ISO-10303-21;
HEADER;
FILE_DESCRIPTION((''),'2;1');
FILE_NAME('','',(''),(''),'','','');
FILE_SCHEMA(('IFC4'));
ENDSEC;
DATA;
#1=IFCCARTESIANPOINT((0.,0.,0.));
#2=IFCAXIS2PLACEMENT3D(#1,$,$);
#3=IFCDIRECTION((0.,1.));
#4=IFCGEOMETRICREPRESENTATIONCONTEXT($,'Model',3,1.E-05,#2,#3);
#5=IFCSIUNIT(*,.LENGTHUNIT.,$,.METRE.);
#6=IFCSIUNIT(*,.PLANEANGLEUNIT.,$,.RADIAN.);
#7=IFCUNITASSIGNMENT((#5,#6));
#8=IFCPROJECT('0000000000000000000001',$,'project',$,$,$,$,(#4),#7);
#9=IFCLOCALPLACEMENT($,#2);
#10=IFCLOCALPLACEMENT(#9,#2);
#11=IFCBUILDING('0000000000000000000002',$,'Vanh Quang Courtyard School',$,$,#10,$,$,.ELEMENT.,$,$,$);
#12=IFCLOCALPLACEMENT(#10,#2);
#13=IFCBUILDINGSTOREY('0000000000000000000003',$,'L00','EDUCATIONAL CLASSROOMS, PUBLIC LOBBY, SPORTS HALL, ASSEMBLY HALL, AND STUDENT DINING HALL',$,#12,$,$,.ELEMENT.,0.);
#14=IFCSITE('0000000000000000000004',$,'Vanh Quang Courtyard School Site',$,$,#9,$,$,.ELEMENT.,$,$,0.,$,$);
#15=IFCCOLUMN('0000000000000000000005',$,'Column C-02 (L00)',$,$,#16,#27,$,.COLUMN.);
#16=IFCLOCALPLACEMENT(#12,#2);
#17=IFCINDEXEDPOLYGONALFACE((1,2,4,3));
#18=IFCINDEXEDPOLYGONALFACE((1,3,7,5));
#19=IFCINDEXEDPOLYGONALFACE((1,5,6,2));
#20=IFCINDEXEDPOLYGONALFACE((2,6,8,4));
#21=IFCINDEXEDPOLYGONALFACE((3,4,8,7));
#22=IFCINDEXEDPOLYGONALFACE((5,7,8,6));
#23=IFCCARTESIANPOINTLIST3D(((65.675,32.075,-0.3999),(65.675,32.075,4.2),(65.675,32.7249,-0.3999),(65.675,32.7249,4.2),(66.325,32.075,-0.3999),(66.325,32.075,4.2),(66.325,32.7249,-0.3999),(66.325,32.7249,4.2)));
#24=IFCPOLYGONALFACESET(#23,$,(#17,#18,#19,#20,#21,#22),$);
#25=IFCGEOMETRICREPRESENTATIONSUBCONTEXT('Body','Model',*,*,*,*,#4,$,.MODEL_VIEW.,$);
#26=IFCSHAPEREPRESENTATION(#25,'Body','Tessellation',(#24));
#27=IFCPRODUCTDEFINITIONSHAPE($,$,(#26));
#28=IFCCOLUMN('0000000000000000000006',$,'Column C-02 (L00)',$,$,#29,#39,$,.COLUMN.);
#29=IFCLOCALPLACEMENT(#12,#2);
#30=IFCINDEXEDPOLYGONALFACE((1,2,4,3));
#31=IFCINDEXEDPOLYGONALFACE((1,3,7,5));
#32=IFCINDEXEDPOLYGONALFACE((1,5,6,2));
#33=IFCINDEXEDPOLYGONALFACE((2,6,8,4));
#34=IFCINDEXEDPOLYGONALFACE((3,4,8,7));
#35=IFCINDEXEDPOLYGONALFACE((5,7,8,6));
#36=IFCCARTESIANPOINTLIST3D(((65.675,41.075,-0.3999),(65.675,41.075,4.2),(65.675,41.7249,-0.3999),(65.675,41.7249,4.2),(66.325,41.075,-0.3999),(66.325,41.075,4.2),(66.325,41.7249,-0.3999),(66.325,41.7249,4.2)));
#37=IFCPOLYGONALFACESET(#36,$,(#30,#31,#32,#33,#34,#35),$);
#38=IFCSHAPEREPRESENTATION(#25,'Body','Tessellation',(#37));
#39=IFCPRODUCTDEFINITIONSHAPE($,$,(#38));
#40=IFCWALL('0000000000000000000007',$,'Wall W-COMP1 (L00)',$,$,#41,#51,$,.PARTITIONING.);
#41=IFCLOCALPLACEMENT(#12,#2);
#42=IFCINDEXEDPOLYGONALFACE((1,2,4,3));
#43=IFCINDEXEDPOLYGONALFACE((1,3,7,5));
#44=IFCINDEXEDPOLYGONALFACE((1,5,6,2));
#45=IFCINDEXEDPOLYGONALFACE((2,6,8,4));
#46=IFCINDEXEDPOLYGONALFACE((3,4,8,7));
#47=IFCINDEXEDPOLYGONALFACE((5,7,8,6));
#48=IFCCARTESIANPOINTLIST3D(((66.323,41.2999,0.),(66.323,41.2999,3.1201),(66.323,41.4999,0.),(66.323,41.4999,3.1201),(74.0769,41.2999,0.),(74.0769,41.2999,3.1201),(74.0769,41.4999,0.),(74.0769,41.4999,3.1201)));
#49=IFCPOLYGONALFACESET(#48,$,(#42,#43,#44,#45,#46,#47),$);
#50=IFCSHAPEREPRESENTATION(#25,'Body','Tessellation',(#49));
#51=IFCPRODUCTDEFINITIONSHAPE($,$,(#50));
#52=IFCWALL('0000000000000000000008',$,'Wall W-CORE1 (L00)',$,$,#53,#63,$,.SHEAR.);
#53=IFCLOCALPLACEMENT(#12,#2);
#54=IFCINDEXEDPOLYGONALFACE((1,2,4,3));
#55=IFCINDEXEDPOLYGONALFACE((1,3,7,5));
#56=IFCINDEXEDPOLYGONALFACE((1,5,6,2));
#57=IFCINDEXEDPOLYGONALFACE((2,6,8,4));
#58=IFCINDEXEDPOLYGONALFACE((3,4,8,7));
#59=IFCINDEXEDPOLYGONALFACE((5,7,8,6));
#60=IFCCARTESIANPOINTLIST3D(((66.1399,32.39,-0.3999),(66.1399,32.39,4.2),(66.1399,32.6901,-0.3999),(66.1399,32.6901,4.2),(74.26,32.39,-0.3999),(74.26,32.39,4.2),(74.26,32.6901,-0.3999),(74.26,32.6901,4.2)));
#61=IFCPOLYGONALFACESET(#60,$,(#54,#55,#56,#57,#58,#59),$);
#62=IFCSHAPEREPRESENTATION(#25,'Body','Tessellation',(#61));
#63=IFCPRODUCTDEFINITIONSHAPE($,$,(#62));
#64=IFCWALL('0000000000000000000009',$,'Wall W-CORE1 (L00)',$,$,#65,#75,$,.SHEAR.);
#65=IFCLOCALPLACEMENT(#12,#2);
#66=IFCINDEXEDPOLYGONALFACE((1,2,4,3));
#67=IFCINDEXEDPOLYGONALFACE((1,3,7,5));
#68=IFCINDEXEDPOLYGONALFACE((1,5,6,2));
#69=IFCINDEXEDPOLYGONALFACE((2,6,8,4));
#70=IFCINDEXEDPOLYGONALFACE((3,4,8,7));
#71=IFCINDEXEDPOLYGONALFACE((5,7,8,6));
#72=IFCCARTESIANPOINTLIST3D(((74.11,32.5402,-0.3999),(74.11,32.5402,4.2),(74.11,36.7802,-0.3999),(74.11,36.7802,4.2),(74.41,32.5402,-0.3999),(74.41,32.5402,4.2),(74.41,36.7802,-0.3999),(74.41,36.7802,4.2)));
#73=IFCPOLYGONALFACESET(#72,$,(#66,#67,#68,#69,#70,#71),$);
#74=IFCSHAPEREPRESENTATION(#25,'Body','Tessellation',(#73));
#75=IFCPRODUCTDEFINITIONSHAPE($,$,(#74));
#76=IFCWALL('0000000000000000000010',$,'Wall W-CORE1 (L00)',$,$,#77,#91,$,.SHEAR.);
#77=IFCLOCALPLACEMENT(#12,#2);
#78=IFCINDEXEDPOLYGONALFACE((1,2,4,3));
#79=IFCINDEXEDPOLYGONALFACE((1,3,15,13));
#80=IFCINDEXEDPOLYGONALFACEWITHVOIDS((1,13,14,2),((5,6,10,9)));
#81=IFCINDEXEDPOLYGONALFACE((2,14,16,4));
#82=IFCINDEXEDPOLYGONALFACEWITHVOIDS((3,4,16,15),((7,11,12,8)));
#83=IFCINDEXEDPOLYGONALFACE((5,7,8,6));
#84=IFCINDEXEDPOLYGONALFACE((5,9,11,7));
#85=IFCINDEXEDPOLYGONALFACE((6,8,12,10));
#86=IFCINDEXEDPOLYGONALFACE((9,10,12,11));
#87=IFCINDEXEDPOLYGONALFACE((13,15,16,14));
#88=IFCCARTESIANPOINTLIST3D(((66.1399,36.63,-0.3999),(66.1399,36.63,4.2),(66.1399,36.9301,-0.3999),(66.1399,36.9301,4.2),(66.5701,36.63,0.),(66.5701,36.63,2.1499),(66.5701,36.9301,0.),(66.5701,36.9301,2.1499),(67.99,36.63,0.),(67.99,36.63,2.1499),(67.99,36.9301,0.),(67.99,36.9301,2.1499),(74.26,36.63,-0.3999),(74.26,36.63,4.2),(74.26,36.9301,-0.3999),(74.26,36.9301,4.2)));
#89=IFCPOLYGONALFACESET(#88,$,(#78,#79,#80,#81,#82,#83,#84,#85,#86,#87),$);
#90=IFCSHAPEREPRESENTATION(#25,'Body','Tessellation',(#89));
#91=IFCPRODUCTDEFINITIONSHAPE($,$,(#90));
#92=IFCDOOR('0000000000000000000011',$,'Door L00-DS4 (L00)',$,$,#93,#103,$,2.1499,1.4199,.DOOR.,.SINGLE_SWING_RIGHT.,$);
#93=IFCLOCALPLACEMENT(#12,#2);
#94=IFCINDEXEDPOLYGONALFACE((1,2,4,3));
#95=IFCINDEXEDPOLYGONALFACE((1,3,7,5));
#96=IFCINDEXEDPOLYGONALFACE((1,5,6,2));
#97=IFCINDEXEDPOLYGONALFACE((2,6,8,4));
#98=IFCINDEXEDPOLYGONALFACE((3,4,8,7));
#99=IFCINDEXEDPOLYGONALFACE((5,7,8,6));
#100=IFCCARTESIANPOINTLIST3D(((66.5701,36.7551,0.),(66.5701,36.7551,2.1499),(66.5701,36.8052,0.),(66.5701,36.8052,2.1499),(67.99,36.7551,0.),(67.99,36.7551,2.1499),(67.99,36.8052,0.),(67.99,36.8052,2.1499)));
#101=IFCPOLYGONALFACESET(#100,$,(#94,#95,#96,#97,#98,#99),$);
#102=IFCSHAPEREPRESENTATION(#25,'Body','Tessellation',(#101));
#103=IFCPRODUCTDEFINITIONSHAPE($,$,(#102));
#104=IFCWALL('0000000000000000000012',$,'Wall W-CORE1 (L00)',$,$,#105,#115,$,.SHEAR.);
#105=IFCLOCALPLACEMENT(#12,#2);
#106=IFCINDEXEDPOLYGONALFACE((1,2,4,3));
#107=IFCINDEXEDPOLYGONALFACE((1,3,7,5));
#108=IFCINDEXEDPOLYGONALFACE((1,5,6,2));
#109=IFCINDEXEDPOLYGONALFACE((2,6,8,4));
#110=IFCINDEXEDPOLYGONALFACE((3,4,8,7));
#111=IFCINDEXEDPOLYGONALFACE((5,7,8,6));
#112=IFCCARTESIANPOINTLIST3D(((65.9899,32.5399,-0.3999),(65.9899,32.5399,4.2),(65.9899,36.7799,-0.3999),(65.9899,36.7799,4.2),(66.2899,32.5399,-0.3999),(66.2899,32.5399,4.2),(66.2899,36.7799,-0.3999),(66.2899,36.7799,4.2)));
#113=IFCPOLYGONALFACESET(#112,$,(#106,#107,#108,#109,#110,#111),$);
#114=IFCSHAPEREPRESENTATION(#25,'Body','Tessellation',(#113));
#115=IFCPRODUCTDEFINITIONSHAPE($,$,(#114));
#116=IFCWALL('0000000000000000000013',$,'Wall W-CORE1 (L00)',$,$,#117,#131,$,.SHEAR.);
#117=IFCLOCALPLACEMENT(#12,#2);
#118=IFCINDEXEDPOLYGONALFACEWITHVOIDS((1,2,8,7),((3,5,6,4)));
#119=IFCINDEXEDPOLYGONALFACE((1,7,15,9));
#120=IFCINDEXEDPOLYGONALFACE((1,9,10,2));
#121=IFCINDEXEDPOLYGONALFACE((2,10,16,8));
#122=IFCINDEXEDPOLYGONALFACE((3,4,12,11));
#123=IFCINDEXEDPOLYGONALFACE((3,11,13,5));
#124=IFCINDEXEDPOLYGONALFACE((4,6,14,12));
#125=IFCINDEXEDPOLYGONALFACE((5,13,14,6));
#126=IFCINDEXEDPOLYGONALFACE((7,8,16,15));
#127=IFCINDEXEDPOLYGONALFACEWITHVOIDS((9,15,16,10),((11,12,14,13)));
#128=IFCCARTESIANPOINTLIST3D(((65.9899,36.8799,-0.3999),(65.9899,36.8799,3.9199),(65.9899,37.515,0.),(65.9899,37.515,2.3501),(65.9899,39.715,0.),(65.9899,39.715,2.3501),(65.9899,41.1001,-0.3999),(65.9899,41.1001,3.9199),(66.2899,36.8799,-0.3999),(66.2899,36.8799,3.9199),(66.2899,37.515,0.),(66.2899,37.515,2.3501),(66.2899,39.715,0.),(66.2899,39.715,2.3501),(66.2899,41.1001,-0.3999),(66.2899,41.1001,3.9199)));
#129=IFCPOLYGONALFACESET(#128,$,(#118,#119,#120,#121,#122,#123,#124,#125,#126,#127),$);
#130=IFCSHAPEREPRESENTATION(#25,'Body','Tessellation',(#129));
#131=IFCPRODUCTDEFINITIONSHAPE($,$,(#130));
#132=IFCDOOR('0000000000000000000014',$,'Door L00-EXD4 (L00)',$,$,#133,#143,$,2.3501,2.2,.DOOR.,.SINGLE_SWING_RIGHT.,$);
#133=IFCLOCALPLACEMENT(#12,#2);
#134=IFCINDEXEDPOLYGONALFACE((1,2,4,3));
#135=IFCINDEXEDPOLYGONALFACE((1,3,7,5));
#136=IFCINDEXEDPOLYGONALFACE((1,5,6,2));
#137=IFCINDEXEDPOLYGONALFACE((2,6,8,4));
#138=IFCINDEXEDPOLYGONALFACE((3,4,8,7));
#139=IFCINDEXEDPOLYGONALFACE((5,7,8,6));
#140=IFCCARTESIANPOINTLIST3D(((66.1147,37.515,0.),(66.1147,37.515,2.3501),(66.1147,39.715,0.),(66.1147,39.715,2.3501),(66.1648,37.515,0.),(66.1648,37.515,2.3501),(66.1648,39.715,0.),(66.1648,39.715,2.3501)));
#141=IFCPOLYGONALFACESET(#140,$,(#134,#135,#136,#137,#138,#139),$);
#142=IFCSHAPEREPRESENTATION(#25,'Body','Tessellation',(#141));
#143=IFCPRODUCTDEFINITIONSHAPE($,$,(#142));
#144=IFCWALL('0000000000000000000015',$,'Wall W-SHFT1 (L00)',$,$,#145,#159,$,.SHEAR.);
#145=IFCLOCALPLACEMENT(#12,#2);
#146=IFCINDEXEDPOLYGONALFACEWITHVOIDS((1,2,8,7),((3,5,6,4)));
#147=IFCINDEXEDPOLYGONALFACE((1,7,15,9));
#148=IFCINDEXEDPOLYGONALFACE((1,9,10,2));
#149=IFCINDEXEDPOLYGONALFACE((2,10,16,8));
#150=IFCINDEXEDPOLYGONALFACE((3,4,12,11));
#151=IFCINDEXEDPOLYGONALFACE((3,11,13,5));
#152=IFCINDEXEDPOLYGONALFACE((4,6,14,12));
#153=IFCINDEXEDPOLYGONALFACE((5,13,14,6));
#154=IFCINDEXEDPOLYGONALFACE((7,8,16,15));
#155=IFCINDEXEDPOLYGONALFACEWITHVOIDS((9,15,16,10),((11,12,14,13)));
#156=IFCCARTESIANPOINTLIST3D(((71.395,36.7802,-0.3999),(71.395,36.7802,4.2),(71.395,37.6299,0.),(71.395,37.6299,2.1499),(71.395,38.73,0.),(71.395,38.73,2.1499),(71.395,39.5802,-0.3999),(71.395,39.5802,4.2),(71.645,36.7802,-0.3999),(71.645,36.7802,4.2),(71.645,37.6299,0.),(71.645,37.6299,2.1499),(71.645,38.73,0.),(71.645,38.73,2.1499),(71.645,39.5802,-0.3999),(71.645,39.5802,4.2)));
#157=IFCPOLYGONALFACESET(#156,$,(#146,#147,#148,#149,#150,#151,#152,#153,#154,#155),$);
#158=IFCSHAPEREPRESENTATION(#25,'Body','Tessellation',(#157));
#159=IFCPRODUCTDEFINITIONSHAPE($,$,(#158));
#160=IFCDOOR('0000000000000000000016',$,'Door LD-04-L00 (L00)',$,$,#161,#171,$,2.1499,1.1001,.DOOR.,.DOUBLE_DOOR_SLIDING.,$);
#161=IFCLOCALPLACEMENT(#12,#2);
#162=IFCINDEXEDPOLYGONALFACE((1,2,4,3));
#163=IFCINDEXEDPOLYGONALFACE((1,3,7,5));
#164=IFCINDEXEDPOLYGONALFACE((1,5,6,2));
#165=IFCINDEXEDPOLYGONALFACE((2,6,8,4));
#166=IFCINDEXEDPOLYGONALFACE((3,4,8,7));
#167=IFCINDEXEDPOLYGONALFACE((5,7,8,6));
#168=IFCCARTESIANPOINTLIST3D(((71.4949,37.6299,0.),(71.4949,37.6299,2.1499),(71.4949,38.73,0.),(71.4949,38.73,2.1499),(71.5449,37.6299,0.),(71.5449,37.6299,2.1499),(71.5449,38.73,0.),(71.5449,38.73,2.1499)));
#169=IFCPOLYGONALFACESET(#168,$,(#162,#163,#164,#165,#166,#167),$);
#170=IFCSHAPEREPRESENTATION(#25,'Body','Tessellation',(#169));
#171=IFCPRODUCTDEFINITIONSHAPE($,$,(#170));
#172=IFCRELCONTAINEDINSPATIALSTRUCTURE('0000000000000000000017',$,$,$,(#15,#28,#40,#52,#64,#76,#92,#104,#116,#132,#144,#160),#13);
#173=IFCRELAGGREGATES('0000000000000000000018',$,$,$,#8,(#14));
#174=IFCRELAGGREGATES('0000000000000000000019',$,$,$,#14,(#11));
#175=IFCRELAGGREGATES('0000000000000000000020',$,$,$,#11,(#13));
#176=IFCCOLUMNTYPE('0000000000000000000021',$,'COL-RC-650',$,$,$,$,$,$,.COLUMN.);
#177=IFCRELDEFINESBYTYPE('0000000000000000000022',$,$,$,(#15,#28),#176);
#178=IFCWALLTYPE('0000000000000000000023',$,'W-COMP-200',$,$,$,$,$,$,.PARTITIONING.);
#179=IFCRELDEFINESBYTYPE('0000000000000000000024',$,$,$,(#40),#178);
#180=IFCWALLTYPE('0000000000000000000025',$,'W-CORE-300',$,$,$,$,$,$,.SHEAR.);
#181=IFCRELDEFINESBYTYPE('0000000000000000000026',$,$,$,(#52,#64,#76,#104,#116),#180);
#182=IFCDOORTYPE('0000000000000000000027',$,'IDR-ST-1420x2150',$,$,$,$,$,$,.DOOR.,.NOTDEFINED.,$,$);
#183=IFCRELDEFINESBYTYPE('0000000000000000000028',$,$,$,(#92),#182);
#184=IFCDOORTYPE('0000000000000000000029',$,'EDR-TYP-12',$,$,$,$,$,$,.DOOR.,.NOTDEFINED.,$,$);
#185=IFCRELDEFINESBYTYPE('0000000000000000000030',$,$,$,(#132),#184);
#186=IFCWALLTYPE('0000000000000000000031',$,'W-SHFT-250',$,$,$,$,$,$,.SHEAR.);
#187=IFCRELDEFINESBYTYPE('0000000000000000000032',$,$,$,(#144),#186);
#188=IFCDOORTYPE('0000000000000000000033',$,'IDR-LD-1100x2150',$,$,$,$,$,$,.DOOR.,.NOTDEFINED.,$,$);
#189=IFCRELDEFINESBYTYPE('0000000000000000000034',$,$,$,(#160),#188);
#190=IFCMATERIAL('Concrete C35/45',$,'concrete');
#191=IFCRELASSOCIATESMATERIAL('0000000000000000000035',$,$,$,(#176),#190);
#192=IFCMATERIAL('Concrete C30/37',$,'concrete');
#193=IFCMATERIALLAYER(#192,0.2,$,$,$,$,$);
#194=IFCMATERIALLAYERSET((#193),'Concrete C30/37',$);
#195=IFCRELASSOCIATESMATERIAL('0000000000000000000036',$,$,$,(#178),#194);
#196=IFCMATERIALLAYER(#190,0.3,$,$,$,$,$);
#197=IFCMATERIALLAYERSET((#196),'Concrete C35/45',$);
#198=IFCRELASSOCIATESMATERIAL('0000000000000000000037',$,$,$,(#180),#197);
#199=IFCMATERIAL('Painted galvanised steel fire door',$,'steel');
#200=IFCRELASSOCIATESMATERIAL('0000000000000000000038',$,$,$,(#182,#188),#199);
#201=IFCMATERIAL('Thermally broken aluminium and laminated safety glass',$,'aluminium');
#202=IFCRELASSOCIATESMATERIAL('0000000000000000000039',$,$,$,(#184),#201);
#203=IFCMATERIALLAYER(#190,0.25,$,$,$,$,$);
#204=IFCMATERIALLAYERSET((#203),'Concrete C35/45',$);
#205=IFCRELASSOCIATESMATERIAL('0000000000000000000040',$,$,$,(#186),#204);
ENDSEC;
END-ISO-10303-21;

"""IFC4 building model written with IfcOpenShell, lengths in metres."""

from ifc_helpers import new_model, si_unit, direction, frame, frame_2d, origin, origin_2d, place, context, subcontext, project, spatial, rectangle, extrude, material, layer, layer_set, material_profile, profile_set, type_object, element, fill, save


model = new_model("IFC4")

# Units and contexts
model_context = context("Model", 3, precision=1e-05, world=origin(), true_north=direction((0.0, 1.0)))
body_context = subcontext(model_context, "Body", "Model", "MODEL_VIEW")
ifc_project = project(units=[si_unit("LENGTHUNIT", "METRE"), si_unit("PLANEANGLEUNIT", "RADIAN")], contexts=[model_context])

# Site, building, storey
site_placement = place(None, origin())
site = spatial("IfcSite", under=ifc_project, at=site_placement, Name="Vanh Quang Courtyard School Site", CompositionType="ELEMENT", RefElevation=0.0)
building_placement = place(site_placement, origin())
building = spatial("IfcBuilding", under=site, at=building_placement, Name="Vanh Quang Courtyard School", CompositionType="ELEMENT")
storey_placement = place(building_placement, origin())
storey = spatial("IfcBuildingStorey", under=building, at=storey_placement, Name="L00", Description="EDUCATIONAL CLASSROOMS, PUBLIC LOBBY, SPORTS HALL, ASSEMBLY HALL, AND STUDENT DINING HALL", CompositionType="ELEMENT", Elevation=0.0)

# Shared definitions
ifc_material_1 = material(Name="Concrete C35/45", Category="concrete")

# Shared definitions
ifc_material_2 = material(Name="Concrete C30/37", Category="concrete")

# Columns
ifc_material_profile_1 = material_profile(ifc_material_1, rectangle(XDim=0.6499, YDim=0.6499, at=origin_2d()), Name="RC-COL 650x650")
ifc_profile_set_1 = profile_set([ifc_material_profile_1], Name="Concrete C35/45")
column_type = type_object("IfcColumnType", Name="COL-RC-650", PredefinedType="COLUMN", material=ifc_profile_set_1)
for number, where, z_axis, x_axis, name in (
    (1, (66.0, 32.3999, -0.3999), (0.0, 0.0, 1.0), (1.0, 0.0, 0.0), "Column C-02 (L00)"),
    (2, (66.0, 41.3999, -0.3999), (0.0, 0.0, 1.0), (1.0, 0.0, 0.0), "Column C-02 (L00)"),
):
    element("IfcColumn", number, at=place(storey_placement, frame(where, z_axis=z_axis, x_axis=x_axis)), inside=storey, type_object=column_type, Name=name, PredefinedType="COLUMN", context=body_context, shape_type="SweptSolid", body=[
        extrude(rectangle(XDim=0.6499, YDim=0.6499, at=origin_2d()), origin(), (0.0, 0.0, 1.0), 4.5999),
    ])

# Walls
ifc_layer_1 = layer(ifc_material_2, 0.2)
ifc_layer_set_1 = layer_set([ifc_layer_1], Name="Concrete C30/37")
wall_type_1 = type_object("IfcWallType", Name="W-COMP-200", PredefinedType="PARTITIONING", material=ifc_layer_set_1)
wall_1_placement = place(storey_placement, frame((74.0769, 41.3999, 0.0), z_axis=(0.0, 0.0, 1.0), x_axis=(-1.0, 0.0, 0.0)))
element("IfcWall", 3, at=wall_1_placement, inside=storey, type_object=wall_type_1, Name="Wall W-COMP1 (L00)", PredefinedType="PARTITIONING", context=body_context, shape_type="SweptSolid", body=[
    extrude(rectangle(XDim=7.7539, YDim=0.2, at=frame_2d((3.877, 0.0))), origin(), (0.0, 0.0, 1.0), 3.1201),
])
ifc_layer_2 = layer(ifc_material_1, 0.3)
ifc_layer_set_2 = layer_set([ifc_layer_2], Name="Concrete C35/45")
wall_type_2 = type_object("IfcWallType", Name="W-CORE-300", PredefinedType="SHEAR", material=ifc_layer_set_2)
wall_2_placement = place(storey_placement, frame((66.1399, 32.54, -0.3999), z_axis=(0.0, 0.0, 1.0), x_axis=(1.0, 0.0, 0.0)))
element("IfcWall", 4, at=wall_2_placement, inside=storey, type_object=wall_type_2, Name="Wall W-CORE1 (L00)", PredefinedType="SHEAR", context=body_context, shape_type="SweptSolid", body=[
    extrude(rectangle(XDim=8.1201, YDim=0.3, at=frame_2d((4.0601, 0.0))), origin(), (0.0, 0.0, 1.0), 4.5999),
])
wall_3_placement = place(storey_placement, frame((74.26, 32.54, -0.3999), z_axis=(0.0, 0.0, 1.0), x_axis=(0.0, 1.0, 0.0)))
element("IfcWall", 5, at=wall_3_placement, inside=storey, type_object=wall_type_2, Name="Wall W-CORE1 (L00)", PredefinedType="SHEAR", context=body_context, shape_type="SweptSolid", body=[
    extrude(rectangle(XDim=4.24, YDim=0.3, at=frame_2d((2.1201, 0.0))), origin(), (0.0, 0.0, 1.0), 4.5999),
])

# Wall, opening, door
wall_4_placement = place(storey_placement, frame((74.26, 36.78, -0.3999), z_axis=(0.0, 0.0, 1.0), x_axis=(-1.0, 0.0, 0.0)))
wall_4 = element("IfcWall", 6, at=wall_4_placement, inside=storey, type_object=wall_type_2, Name="Wall W-CORE1 (L00)", PredefinedType="SHEAR", context=body_context, shape_type="SweptSolid", body=[
    extrude(rectangle(XDim=8.1201, YDim=0.3, at=frame_2d((4.0601, 0.0))), origin(), (0.0, 0.0, 1.0), 4.5999),
])
opening_1_placement = place(wall_4_placement, frame((6.27, 0.0, 0.3999)))
opening_1 = element("IfcOpeningElement", 7, at=opening_1_placement, cuts=wall_4, PredefinedType="OPENING", context=body_context, shape_type="SweptSolid", body=[
    extrude(rectangle(XDim=1.4199, YDim=2.1499, at=frame_2d((0.71, 1.075))), frame((0.0, 0.1602, 0.0), z_axis=(0.0, -1.0, 0.0), x_axis=(1.0, 0.0, 0.0)), (0.0, 0.0, 1.0), 0.3201),
])
ifc_material_3 = material(Name="Painted galvanised steel fire door", Category="steel")
door_type_1 = type_object("IfcDoorType", Name="IDR-ST-1420x2150", OperationType="NOTDEFINED", PredefinedType="DOOR", material=ifc_material_3)
door_1_placement = place(opening_1_placement, origin())
door_1 = element("IfcDoor", 8, at=door_1_placement, inside=storey, type_object=door_type_1, Name="Door L00-DS4 (L00)", OperationType="SINGLE_SWING_RIGHT", OverallHeight=2.1499, OverallWidth=1.4199, PredefinedType="DOOR", context=body_context, shape_type="SweptSolid", body=[
    extrude(rectangle(XDim=1.4199, YDim=2.1499, at=frame_2d((0.71, 1.075))), frame((0.0, 0.0249, 0.0), z_axis=(0.0, -1.0, 0.0), x_axis=(1.0, 0.0, 0.0)), (0.0, 0.0, 1.0), 0.05),
])
fill(opening_1, door_1)

# Wall
wall_5_placement = place(storey_placement, frame((66.1399, 36.78, -0.3999), z_axis=(0.0, 0.0, 1.0), x_axis=(0.0, -1.0, 0.0)))
element("IfcWall", 9, at=wall_5_placement, inside=storey, type_object=wall_type_2, Name="Wall W-CORE1 (L00)", PredefinedType="SHEAR", context=body_context, shape_type="SweptSolid", body=[
    extrude(rectangle(XDim=4.24, YDim=0.3, at=frame_2d((2.1201, 0.0))), origin(), (0.0, 0.0, 1.0), 4.5999),
])

# Walls, openings, doors
wall_6_placement = place(storey_placement, frame((66.1399, 41.1001, -0.3999), z_axis=(0.0, 0.0, 1.0), x_axis=(0.0, -1.0, 0.0)))
wall_6 = element("IfcWall", 10, at=wall_6_placement, inside=storey, type_object=wall_type_2, Name="Wall W-CORE1 (L00)", PredefinedType="SHEAR", context=body_context, shape_type="SweptSolid", body=[
    extrude(rectangle(XDim=4.2202, YDim=0.3, at=frame_2d((2.1101, 0.0))), origin(), (0.0, 0.0, 1.0), 4.3198),
])
opening_2_placement = place(wall_6_placement, frame((1.385, 0.0, 0.3999)))
opening_2 = element("IfcOpeningElement", 11, at=opening_2_placement, cuts=wall_6, PredefinedType="OPENING", context=body_context, shape_type="SweptSolid", body=[
    extrude(rectangle(XDim=2.2, YDim=2.3501, at=frame_2d((1.1001, 1.175))), frame((0.0, 0.1602, 0.0), z_axis=(0.0, -1.0, 0.0), x_axis=(1.0, 0.0, 0.0)), (0.0, 0.0, 1.0), 0.3201),
])
ifc_material_4 = material(Name="Thermally broken aluminium and laminated safety glass", Category="aluminium")
door_type_2 = type_object("IfcDoorType", Name="EDR-TYP-12", OperationType="NOTDEFINED", PredefinedType="DOOR", material=ifc_material_4)
door_2_placement = place(opening_2_placement, origin())
door_2 = element("IfcDoor", 12, at=door_2_placement, inside=storey, type_object=door_type_2, Name="Door L00-EXD4 (L00)", OperationType="SINGLE_SWING_RIGHT", OverallHeight=2.3501, OverallWidth=2.2, PredefinedType="DOOR", context=body_context, shape_type="SweptSolid", body=[
    extrude(rectangle(XDim=2.2, YDim=2.3501, at=frame_2d((1.1001, 1.175))), frame((0.0, 0.0249, 0.0), z_axis=(0.0, -1.0, 0.0), x_axis=(1.0, 0.0, 0.0)), (0.0, 0.0, 1.0), 0.05),
])
fill(opening_2, door_2)
ifc_layer_3 = layer(ifc_material_1, 0.25)
ifc_layer_set_3 = layer_set([ifc_layer_3], Name="Concrete C35/45")
wall_type_3 = type_object("IfcWallType", Name="W-SHFT-250", PredefinedType="SHEAR", material=ifc_layer_set_3)
wall_7_placement = place(storey_placement, frame((71.52, 39.5801, -0.3999), z_axis=(0.0, 0.0, 1.0), x_axis=(0.0, -1.0, 0.0)))
wall_7 = element("IfcWall", 13, at=wall_7_placement, inside=storey, type_object=wall_type_3, Name="Wall W-SHFT1 (L00)", PredefinedType="SHEAR", context=body_context, shape_type="SweptSolid", body=[
    extrude(rectangle(XDim=2.8, YDim=0.25, at=frame_2d((1.3999, 0.0))), origin(), (0.0, 0.0, 1.0), 4.5999),
])
opening_3_placement = place(wall_7_placement, frame((0.8501, 0.0, 0.3999)))
opening_3 = element("IfcOpeningElement", 14, at=opening_3_placement, cuts=wall_7, PredefinedType="OPENING", context=body_context, shape_type="SweptSolid", body=[
    extrude(rectangle(XDim=1.1001, YDim=2.1499, at=frame_2d((0.55, 1.075))), frame((0.0, 0.135, 0.0), z_axis=(0.0, -1.0, 0.0), x_axis=(1.0, 0.0, 0.0)), (0.0, 0.0, 1.0), 0.27),
])
door_type_3 = type_object("IfcDoorType", Name="IDR-LD-1100x2150", OperationType="NOTDEFINED", PredefinedType="DOOR", material=ifc_material_3)
door_3_placement = place(opening_3_placement, origin())
door_3 = element("IfcDoor", 15, at=door_3_placement, inside=storey, type_object=door_type_3, Name="Door LD-04-L00 (L00)", OperationType="DOUBLE_DOOR_SLIDING", OverallHeight=2.1499, OverallWidth=1.1001, PredefinedType="DOOR", context=body_context, shape_type="SweptSolid", body=[
    extrude(rectangle(XDim=1.1001, YDim=2.1499, at=frame_2d((0.55, 1.075))), frame((0.0, 0.0249, 0.0), z_axis=(0.0, -1.0, 0.0), x_axis=(1.0, 0.0, 0.0)), (0.0, 0.0, 1.0), 0.05),
])
fill(opening_3, door_3)

save(model, "model.ifc")
